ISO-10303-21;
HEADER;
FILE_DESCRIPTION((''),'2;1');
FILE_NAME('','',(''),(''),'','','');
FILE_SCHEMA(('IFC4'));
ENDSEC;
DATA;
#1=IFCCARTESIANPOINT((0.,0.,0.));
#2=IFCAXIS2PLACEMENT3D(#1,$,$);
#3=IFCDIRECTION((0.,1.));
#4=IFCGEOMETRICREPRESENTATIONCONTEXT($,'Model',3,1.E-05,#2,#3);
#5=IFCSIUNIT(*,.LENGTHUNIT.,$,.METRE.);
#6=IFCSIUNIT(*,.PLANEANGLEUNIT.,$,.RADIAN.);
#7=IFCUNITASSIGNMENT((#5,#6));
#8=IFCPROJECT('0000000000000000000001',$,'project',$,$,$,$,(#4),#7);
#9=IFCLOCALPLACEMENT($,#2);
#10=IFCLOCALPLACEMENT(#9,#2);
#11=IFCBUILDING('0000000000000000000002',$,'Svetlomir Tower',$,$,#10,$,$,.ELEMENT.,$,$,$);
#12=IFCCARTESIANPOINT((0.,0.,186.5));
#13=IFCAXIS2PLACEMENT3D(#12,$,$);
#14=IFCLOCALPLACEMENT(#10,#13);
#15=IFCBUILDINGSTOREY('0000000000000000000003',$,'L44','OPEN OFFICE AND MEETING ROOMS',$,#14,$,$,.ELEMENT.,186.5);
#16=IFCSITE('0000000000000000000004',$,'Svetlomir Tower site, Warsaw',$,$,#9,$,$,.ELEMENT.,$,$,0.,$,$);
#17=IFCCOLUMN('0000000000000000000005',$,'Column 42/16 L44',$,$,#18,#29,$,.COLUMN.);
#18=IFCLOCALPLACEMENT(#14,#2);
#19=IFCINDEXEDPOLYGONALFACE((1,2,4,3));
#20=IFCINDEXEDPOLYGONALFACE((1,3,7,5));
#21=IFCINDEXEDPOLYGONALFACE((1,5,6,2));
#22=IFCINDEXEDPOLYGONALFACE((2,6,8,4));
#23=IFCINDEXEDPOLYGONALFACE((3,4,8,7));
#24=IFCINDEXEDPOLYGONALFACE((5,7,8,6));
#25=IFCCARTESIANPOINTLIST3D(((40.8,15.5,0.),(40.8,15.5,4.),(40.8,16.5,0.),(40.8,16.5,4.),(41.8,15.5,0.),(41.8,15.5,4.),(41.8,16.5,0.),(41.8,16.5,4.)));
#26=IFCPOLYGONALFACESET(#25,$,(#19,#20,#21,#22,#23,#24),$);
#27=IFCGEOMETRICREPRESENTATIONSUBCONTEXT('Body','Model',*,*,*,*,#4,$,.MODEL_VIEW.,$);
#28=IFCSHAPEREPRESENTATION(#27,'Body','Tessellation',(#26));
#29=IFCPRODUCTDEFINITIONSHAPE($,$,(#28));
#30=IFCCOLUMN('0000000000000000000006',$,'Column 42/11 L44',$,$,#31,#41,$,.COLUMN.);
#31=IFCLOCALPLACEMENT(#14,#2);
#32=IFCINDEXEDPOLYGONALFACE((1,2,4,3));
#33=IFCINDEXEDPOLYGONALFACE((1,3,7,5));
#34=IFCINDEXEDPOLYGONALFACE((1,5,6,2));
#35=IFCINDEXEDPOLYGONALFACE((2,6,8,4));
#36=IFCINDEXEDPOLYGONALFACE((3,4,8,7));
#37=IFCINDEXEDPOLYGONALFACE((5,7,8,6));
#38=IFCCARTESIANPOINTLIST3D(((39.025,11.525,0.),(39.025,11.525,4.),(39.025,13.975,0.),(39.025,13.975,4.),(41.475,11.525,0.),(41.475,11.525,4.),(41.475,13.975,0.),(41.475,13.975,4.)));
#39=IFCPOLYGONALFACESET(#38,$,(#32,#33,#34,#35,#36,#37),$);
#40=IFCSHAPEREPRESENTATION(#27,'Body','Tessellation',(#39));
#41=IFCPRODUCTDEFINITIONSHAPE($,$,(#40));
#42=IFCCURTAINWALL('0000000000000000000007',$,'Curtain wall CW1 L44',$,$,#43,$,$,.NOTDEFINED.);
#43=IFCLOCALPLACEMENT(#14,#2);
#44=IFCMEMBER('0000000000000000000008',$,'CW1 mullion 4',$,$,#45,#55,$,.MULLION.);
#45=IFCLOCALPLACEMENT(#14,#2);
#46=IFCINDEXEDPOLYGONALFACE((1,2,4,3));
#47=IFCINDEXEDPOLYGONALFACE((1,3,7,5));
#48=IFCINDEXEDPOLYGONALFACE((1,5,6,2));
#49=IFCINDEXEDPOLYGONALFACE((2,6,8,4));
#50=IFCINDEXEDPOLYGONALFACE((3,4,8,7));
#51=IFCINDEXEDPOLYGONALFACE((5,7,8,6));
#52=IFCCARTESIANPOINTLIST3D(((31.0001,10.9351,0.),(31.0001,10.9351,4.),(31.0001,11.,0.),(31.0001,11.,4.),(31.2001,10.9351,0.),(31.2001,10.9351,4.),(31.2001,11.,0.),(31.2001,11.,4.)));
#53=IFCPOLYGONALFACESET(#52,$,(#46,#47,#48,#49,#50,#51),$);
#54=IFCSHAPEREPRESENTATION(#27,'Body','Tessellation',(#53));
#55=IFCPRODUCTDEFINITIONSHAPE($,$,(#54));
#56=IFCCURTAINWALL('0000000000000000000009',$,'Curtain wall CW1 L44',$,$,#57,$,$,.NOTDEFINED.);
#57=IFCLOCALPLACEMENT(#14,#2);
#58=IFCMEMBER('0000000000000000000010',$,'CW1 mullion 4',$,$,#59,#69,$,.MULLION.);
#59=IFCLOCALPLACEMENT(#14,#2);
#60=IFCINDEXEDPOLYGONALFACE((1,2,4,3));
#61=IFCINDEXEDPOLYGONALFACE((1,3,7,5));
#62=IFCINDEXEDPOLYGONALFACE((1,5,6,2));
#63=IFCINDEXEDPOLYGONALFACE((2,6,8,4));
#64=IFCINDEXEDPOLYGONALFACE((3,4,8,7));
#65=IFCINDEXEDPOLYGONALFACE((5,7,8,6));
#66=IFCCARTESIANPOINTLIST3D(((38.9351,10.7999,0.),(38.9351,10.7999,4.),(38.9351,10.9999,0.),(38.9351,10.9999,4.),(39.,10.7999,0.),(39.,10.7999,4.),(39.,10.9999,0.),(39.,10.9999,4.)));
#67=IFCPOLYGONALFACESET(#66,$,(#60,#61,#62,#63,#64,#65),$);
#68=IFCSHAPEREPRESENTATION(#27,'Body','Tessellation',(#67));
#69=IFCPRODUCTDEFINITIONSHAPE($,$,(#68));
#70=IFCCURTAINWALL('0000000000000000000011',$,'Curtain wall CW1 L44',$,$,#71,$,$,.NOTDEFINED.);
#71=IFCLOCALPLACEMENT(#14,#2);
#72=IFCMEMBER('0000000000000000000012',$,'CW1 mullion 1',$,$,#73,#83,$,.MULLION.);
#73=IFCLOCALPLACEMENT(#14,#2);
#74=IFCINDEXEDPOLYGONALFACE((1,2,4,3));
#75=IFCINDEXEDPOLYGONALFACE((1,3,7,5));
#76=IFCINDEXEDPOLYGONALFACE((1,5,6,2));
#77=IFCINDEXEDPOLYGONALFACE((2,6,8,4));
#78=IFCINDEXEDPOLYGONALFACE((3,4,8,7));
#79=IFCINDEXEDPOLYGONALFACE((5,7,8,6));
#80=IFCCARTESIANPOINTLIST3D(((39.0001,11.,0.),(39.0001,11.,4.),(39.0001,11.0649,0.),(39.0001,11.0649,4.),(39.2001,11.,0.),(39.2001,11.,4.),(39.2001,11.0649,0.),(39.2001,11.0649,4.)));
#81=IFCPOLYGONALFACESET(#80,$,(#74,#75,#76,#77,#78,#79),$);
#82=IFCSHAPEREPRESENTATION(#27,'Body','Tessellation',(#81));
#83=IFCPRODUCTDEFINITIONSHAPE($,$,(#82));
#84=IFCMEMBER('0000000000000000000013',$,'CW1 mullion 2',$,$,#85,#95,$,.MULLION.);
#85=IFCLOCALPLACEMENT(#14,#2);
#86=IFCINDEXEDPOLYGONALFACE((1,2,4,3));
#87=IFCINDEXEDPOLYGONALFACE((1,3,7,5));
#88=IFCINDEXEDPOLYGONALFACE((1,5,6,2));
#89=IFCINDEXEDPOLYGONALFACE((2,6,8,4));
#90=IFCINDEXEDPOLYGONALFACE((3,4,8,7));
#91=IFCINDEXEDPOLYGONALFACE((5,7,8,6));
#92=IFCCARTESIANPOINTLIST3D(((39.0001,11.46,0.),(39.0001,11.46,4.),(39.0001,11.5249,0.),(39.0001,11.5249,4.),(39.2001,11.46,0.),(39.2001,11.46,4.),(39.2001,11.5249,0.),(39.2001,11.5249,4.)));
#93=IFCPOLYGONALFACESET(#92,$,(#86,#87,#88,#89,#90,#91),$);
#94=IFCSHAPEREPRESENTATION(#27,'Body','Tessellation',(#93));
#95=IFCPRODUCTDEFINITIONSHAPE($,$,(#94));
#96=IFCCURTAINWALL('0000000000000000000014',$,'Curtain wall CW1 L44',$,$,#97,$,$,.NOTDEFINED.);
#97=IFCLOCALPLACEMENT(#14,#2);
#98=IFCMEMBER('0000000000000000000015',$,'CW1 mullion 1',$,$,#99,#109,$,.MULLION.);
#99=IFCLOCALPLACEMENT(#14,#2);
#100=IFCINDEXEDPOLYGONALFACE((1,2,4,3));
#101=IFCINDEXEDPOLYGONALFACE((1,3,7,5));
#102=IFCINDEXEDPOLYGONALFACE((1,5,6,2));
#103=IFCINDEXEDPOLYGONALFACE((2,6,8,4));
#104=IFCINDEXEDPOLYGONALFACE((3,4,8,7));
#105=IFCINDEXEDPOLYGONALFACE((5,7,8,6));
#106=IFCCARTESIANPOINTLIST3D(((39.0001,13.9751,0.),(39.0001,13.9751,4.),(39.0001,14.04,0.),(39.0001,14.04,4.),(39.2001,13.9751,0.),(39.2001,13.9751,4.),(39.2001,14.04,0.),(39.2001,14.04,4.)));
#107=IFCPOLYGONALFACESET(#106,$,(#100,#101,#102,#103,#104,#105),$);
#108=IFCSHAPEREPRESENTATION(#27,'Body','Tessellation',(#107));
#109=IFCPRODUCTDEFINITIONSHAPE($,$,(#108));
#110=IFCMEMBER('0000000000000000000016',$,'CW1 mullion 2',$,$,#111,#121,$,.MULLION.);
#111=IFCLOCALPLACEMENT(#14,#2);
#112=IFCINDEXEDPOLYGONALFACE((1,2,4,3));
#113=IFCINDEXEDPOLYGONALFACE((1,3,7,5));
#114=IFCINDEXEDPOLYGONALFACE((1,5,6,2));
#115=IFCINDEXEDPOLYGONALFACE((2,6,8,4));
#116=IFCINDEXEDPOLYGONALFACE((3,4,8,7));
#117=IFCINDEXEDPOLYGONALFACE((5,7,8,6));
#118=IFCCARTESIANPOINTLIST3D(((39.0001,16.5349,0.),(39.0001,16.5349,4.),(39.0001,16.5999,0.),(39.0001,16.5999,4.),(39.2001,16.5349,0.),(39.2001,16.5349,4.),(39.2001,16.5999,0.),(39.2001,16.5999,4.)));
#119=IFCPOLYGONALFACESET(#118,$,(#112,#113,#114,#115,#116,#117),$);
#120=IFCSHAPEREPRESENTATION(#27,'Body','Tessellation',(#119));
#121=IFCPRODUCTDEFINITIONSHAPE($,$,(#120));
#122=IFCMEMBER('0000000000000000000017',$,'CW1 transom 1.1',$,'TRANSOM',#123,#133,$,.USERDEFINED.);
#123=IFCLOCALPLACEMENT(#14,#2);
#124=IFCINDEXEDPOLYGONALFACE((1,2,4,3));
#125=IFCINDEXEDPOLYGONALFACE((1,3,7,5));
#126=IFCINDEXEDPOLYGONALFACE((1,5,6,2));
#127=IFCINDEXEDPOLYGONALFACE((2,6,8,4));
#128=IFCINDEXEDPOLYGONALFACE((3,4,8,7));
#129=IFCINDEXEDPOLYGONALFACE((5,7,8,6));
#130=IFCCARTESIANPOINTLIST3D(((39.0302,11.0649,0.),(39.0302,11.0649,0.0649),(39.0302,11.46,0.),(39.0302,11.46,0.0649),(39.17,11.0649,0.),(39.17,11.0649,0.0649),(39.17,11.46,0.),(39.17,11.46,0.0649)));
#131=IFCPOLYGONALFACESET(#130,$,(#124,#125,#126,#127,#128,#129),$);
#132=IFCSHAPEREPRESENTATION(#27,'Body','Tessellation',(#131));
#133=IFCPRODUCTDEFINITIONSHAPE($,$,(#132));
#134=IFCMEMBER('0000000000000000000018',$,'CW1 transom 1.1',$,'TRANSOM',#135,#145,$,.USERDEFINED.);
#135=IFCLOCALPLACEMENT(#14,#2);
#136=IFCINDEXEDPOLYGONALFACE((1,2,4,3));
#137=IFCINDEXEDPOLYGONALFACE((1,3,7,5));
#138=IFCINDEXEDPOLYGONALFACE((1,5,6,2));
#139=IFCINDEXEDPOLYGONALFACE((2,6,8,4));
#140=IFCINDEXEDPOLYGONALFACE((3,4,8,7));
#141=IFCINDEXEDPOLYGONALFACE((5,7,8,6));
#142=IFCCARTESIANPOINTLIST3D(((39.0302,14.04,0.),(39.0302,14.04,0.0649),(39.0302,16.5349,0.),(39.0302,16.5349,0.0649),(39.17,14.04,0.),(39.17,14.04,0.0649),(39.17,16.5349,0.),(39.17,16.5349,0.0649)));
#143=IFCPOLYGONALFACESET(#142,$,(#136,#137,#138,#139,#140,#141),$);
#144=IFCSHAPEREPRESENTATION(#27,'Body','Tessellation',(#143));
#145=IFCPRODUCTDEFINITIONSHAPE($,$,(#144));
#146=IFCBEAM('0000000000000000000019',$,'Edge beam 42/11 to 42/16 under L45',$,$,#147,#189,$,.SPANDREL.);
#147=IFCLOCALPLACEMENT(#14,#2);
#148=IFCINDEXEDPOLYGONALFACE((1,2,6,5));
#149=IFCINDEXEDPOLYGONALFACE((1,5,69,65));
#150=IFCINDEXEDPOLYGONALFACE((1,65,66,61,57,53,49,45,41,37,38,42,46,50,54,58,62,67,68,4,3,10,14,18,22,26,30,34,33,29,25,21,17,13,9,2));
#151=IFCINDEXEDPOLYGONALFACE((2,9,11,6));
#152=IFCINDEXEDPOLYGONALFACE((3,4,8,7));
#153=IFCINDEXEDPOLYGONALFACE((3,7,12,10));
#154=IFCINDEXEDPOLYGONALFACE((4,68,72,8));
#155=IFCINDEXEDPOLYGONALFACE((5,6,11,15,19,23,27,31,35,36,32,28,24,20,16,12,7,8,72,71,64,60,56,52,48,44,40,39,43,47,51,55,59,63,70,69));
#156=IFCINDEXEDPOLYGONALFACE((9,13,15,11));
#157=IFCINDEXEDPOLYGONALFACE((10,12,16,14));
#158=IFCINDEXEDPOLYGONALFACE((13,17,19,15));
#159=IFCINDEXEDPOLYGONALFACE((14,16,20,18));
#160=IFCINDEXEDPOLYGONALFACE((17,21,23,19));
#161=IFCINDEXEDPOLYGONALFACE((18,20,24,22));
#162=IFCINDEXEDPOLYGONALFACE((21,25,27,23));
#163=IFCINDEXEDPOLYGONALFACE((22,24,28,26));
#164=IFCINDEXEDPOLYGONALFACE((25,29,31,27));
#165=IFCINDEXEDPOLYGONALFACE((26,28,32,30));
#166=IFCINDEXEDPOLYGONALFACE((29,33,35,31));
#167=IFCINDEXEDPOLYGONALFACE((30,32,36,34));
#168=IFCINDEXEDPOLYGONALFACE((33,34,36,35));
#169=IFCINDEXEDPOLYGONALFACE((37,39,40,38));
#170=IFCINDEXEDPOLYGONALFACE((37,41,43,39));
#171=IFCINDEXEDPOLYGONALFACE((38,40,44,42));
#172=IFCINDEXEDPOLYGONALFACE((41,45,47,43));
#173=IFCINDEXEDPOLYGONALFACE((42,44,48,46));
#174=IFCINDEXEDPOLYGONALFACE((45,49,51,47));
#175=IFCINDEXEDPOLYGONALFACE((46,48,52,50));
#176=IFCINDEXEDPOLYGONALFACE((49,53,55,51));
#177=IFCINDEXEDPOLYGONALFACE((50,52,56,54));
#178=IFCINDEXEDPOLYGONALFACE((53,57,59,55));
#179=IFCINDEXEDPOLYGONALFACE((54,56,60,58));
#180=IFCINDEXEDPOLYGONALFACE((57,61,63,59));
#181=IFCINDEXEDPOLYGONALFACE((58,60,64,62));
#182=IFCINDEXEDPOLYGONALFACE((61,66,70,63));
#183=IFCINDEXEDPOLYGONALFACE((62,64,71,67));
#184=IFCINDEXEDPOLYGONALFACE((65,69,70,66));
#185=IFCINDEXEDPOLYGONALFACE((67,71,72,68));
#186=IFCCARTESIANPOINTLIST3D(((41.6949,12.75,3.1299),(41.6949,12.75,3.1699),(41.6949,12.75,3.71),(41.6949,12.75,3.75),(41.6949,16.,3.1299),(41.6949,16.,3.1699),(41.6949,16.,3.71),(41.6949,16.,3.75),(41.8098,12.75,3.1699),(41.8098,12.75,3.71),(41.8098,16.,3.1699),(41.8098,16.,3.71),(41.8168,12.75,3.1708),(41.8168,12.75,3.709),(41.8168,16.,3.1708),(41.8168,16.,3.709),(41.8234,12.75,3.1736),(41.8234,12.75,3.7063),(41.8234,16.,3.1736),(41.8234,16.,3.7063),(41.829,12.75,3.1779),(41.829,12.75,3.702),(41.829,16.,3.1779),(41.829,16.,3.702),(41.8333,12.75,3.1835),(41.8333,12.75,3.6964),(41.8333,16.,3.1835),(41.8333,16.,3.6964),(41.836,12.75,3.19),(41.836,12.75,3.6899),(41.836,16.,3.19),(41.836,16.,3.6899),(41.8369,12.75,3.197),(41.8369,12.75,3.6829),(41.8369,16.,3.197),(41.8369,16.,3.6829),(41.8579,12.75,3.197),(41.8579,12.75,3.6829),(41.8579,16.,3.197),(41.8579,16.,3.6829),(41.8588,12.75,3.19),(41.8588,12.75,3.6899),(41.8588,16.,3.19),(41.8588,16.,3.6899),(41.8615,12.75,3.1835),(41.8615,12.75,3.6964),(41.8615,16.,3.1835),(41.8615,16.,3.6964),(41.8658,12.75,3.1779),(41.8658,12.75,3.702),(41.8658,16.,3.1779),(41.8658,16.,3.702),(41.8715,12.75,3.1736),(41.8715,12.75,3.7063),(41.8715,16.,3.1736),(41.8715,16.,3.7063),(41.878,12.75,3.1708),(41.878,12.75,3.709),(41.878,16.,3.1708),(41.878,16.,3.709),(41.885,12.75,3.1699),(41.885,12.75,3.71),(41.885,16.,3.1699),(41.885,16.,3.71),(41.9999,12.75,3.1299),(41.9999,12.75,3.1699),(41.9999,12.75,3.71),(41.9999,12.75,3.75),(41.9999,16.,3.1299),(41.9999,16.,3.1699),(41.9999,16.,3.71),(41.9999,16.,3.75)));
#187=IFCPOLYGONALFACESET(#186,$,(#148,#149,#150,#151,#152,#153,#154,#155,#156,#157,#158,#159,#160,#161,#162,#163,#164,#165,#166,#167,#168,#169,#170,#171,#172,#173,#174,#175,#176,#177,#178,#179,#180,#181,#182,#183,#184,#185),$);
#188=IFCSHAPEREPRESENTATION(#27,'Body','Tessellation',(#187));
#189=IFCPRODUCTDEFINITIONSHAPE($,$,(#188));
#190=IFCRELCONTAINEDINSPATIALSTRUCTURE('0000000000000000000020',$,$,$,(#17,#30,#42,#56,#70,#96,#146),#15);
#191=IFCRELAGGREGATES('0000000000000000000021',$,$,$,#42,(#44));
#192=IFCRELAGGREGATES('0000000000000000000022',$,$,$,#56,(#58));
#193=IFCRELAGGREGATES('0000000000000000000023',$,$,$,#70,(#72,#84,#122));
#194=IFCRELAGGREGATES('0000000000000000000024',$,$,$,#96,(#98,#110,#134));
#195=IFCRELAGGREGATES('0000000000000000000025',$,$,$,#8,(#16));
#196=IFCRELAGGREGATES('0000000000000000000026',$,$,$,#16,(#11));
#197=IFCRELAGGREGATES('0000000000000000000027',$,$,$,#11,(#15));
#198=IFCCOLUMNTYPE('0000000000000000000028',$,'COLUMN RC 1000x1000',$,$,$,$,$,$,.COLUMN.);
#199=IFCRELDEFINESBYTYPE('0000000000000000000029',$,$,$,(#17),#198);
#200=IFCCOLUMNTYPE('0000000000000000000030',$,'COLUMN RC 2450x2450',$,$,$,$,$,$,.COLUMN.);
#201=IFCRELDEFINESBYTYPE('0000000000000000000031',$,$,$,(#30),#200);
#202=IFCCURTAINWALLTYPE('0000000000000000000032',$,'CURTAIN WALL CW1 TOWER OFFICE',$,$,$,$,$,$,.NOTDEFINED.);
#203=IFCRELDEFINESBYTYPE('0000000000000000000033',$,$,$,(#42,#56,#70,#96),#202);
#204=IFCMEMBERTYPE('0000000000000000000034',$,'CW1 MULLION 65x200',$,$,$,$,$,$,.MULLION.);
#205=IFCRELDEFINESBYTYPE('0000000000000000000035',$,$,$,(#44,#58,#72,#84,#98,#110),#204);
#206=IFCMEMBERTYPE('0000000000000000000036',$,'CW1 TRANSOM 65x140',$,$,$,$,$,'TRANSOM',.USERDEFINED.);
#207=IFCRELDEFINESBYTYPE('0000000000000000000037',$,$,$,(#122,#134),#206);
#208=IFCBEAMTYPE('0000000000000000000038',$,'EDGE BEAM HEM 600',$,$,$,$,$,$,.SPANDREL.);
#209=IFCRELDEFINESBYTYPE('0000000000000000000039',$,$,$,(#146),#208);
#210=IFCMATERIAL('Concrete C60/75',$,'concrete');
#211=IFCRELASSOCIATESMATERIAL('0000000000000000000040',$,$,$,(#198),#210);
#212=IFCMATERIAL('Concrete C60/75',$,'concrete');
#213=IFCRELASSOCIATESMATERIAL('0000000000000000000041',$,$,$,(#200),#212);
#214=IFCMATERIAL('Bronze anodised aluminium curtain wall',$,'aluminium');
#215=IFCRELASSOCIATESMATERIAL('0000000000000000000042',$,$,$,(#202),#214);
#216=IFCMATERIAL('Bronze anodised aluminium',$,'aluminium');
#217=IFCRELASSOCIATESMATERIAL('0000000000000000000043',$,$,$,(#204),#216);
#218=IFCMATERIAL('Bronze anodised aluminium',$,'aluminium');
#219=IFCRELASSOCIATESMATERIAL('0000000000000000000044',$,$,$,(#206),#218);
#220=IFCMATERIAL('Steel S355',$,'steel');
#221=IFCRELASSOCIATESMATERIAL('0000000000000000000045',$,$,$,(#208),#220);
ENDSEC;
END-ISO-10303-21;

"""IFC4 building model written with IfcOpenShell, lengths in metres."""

from ifc_helpers import new_model, si_unit, direction, frame, origin, origin_2d, place, context, subcontext, project, spatial, rectangle, i_section, extrude, material, material_profile, profile_set, type_object, element, aggregate, save


model = new_model("IFC4")

# Units and contexts
model_context = context("Model", 3, precision=1e-05, world=origin(), true_north=direction((0.0, 1.0)))
body_context = subcontext(model_context, "Body", "Model", "MODEL_VIEW")
ifc_project = project(units=[si_unit("LENGTHUNIT", "METRE"), si_unit("PLANEANGLEUNIT", "RADIAN")], contexts=[model_context])

# Site, building, storey
site_placement = place(None, origin())
site = spatial("IfcSite", under=ifc_project, at=site_placement, Name="Svetlomir Tower site, Warsaw", CompositionType="ELEMENT", RefElevation=0.0)
building_placement = place(site_placement, origin())
building = spatial("IfcBuilding", under=site, at=building_placement, Name="Svetlomir Tower", CompositionType="ELEMENT")
storey_placement = place(building_placement, frame((0.0, 0.0, 186.5)))
storey = spatial("IfcBuildingStorey", under=building, at=storey_placement, Name="L44", Description="OPEN OFFICE AND MEETING ROOMS", CompositionType="ELEMENT", Elevation=186.5)

# Columns
ifc_material_1 = material(Name="Concrete C60/75", Category="concrete")
ifc_material_profile_1 = material_profile(ifc_material_1, rectangle(XDim=1.0, YDim=1.0, at=origin_2d()), Name="RC 1000x1000")
ifc_profile_set_1 = profile_set([ifc_material_profile_1], Name="Concrete C60/75")
column_type_1 = type_object("IfcColumnType", Name="COLUMN RC 1000x1000", PredefinedType="COLUMN", material=ifc_profile_set_1)
column_1_placement = place(storey_placement, frame((41.3, 16.0, 0.0), z_axis=(0.0, 0.0, 1.0), x_axis=(1.0, 0.0, 0.0)))
element("IfcColumn", 1, at=column_1_placement, inside=storey, type_object=column_type_1, Name="Column 42/16 L44", PredefinedType="COLUMN", context=body_context, shape_type="SweptSolid", body=[
    extrude(rectangle(XDim=1.0, YDim=1.0, at=origin_2d()), origin(), (0.0, 0.0, 1.0), 4.0),
])
ifc_material_2 = material(Name="Concrete C60/75", Category="concrete")
ifc_material_profile_2 = material_profile(ifc_material_2, rectangle(XDim=2.45, YDim=2.45, at=origin_2d()), Name="RC 2450x2450")
ifc_profile_set_2 = profile_set([ifc_material_profile_2], Name="Concrete C60/75")
column_type_2 = type_object("IfcColumnType", Name="COLUMN RC 2450x2450", PredefinedType="COLUMN", material=ifc_profile_set_2)
column_2_placement = place(storey_placement, frame((40.25, 12.75, 0.0), z_axis=(0.0, 0.0, 1.0), x_axis=(1.0, 0.0, 0.0)))
element("IfcColumn", 2, at=column_2_placement, inside=storey, type_object=column_type_2, Name="Column 42/11 L44", PredefinedType="COLUMN", context=body_context, shape_type="SweptSolid", body=[
    extrude(rectangle(XDim=2.45, YDim=2.45, at=origin_2d()), origin(), (0.0, 0.0, 1.0), 4.0),
])

# Curtain walls, members
ifc_material_3 = material(Name="Bronze anodised aluminium curtain wall", Category="aluminium")
curtain_wall_type = type_object("IfcCurtainWallType", Name="CURTAIN WALL CW1 TOWER OFFICE", PredefinedType="NOTDEFINED", material=ifc_material_3)
curtain_wall_1_placement = place(storey_placement, origin())
curtain_wall_1 = element("IfcCurtainWall", 3, at=curtain_wall_1_placement, inside=storey, type_object=curtain_wall_type, Name="Curtain wall CW1 L44", PredefinedType="NOTDEFINED")
ifc_material_4 = material(Name="Bronze anodised aluminium", Category="aluminium")
ifc_material_profile_3 = material_profile(ifc_material_4, rectangle(XDim=0.0649, YDim=0.2, at=origin_2d()), Name="AL 65x200")
ifc_profile_set_3 = profile_set([ifc_material_profile_3], Name="Bronze anodised aluminium 6063-T6")
member_type_1 = type_object("IfcMemberType", Name="CW1 MULLION 65x200", PredefinedType="MULLION", material=ifc_profile_set_3)
member_1_placement = place(storey_placement, frame((31.1001, 10.9675, 0.0), z_axis=(0.0, 0.0, 1.0), x_axis=(0.0, 1.0, 0.0)))
member_1 = element("IfcMember", 4, at=member_1_placement, type_object=member_type_1, Name="CW1 mullion 4", PredefinedType="MULLION", context=body_context, shape_type="SweptSolid", body=[
    extrude(rectangle(XDim=0.0649, YDim=0.2, at=origin_2d()), origin(), (0.0, 0.0, 1.0), 4.0),
])
aggregate(curtain_wall_1, [member_1])
curtain_wall_2_placement = place(storey_placement, origin())
curtain_wall_2 = element("IfcCurtainWall", 5, at=curtain_wall_2_placement, inside=storey, type_object=curtain_wall_type, Name="Curtain wall CW1 L44", PredefinedType="NOTDEFINED")
member_2_placement = place(storey_placement, frame((38.9675, 10.8999, 0.0), z_axis=(0.0, 0.0, 1.0), x_axis=(1.0, 0.0, 0.0)))
member_2 = element("IfcMember", 6, at=member_2_placement, type_object=member_type_1, Name="CW1 mullion 4", PredefinedType="MULLION", context=body_context, shape_type="SweptSolid", body=[
    extrude(rectangle(XDim=0.0649, YDim=0.2, at=origin_2d()), origin(), (0.0, 0.0, 1.0), 4.0),
])
aggregate(curtain_wall_2, [member_2])

# Curtain walls, members
curtain_wall_3_placement = place(storey_placement, origin())
curtain_wall_3 = element("IfcCurtainWall", 7, at=curtain_wall_3_placement, inside=storey, type_object=curtain_wall_type, Name="Curtain wall CW1 L44", PredefinedType="NOTDEFINED")
member_3_placement = place(storey_placement, frame((39.1001, 11.0325, 0.0), z_axis=(0.0, 0.0, 1.0), x_axis=(0.0, 1.0, 0.0)))
member_3 = element("IfcMember", 8, at=member_3_placement, type_object=member_type_1, Name="CW1 mullion 1", PredefinedType="MULLION", context=body_context, shape_type="SweptSolid", body=[
    extrude(rectangle(XDim=0.0649, YDim=0.2, at=origin_2d()), origin(), (0.0, 0.0, 1.0), 4.0),
])
member_4_placement = place(storey_placement, frame((39.1001, 11.4924, 0.0), z_axis=(0.0, 0.0, 1.0), x_axis=(0.0, 1.0, 0.0)))
member_4 = element("IfcMember", 9, at=member_4_placement, type_object=member_type_1, Name="CW1 mullion 2", PredefinedType="MULLION", context=body_context, shape_type="SweptSolid", body=[
    extrude(rectangle(XDim=0.0649, YDim=0.2, at=origin_2d()), origin(), (0.0, 0.0, 1.0), 4.0),
])
curtain_wall_4_placement = place(storey_placement, origin())
curtain_wall_4 = element("IfcCurtainWall", 10, at=curtain_wall_4_placement, inside=storey, type_object=curtain_wall_type, Name="Curtain wall CW1 L44", PredefinedType="NOTDEFINED")
member_5_placement = place(storey_placement, frame((39.1001, 14.0076, 0.0), z_axis=(0.0, 0.0, 1.0), x_axis=(0.0, 1.0, 0.0)))
member_5 = element("IfcMember", 11, at=member_5_placement, type_object=member_type_1, Name="CW1 mullion 1", PredefinedType="MULLION", context=body_context, shape_type="SweptSolid", body=[
    extrude(rectangle(XDim=0.0649, YDim=0.2, at=origin_2d()), origin(), (0.0, 0.0, 1.0), 4.0),
])
member_6_placement = place(storey_placement, frame((39.1001, 16.5674, 0.0), z_axis=(0.0, 0.0, 1.0), x_axis=(0.0, 1.0, 0.0)))
member_6 = element("IfcMember", 12, at=member_6_placement, type_object=member_type_1, Name="CW1 mullion 2", PredefinedType="MULLION", context=body_context, shape_type="SweptSolid", body=[
    extrude(rectangle(XDim=0.0649, YDim=0.2, at=origin_2d()), origin(), (0.0, 0.0, 1.0), 4.0),
])

# Members
ifc_material_5 = material(Name="Bronze anodised aluminium", Category="aluminium")
ifc_material_profile_4 = material_profile(ifc_material_5, rectangle(XDim=0.1399, YDim=0.0649, at=origin_2d()), Name="AL 140x65")
ifc_profile_set_4 = profile_set([ifc_material_profile_4], Name="Bronze anodised aluminium 6063-T6")
member_type_2 = type_object("IfcMemberType", Name="CW1 TRANSOM 65x140", ElementType="TRANSOM", PredefinedType="USERDEFINED", material=ifc_profile_set_4)
member_7_placement = place(storey_placement, frame((39.1001, 11.0649, 0.0325), z_axis=(0.0, 1.0, 0.0), x_axis=(-1.0, 0.0, 0.0)))
member_7 = element("IfcMember", 13, at=member_7_placement, type_object=member_type_2, Name="CW1 transom 1.1", ObjectType="TRANSOM", PredefinedType="USERDEFINED", context=body_context, shape_type="SweptSolid", body=[
    extrude(rectangle(XDim=0.1399, YDim=0.0649, at=origin_2d()), origin(), (0.0, 0.0, 1.0), 0.395),
])
member_8_placement = place(storey_placement, frame((39.1001, 14.04, 0.0325), z_axis=(0.0, 1.0, 0.0), x_axis=(-1.0, 0.0, 0.0)))
member_8 = element("IfcMember", 14, at=member_8_placement, type_object=member_type_2, Name="CW1 transom 1.1", ObjectType="TRANSOM", PredefinedType="USERDEFINED", context=body_context, shape_type="SweptSolid", body=[
    extrude(rectangle(XDim=0.1399, YDim=0.0649, at=origin_2d()), origin(), (0.0, 0.0, 1.0), 2.4949),
])

# Beam
ifc_material_6 = material(Name="Steel S355", Category="steel")
ifc_material_profile_5 = material_profile(ifc_material_6, i_section(OverallWidth=0.3049, OverallDepth=0.6201, WebThickness=0.021, FlangeThickness=0.04, FilletRadius=0.0271, at=origin_2d()), Name="HEM 600")
ifc_profile_set_5 = profile_set([ifc_material_profile_5], Name="Steel S355")
beam_type_1 = type_object("IfcBeamType", Name="EDGE BEAM HEM 600", PredefinedType="SPANDREL", material=ifc_profile_set_5)
beam_1_placement = place(storey_placement, frame((41.8474, 12.75, 3.4399), z_axis=(0.0, 1.0, 0.0), x_axis=(-1.0, 0.0, 0.0)))
element("IfcBeam", 15, at=beam_1_placement, inside=storey, type_object=beam_type_1, Name="Edge beam 42/11 to 42/16 under L45", PredefinedType="SPANDREL", context=body_context, shape_type="SweptSolid", body=[
    extrude(i_section(OverallWidth=0.3049, OverallDepth=0.6201, WebThickness=0.021, FlangeThickness=0.04, FilletRadius=0.0271, at=origin_2d()), origin(), (0.0, 0.0, 1.0), 3.25),
])

aggregate(curtain_wall_3, [member_3, member_4, member_7])
aggregate(curtain_wall_4, [member_5, member_6, member_8])

save(model, "model.ifc")
